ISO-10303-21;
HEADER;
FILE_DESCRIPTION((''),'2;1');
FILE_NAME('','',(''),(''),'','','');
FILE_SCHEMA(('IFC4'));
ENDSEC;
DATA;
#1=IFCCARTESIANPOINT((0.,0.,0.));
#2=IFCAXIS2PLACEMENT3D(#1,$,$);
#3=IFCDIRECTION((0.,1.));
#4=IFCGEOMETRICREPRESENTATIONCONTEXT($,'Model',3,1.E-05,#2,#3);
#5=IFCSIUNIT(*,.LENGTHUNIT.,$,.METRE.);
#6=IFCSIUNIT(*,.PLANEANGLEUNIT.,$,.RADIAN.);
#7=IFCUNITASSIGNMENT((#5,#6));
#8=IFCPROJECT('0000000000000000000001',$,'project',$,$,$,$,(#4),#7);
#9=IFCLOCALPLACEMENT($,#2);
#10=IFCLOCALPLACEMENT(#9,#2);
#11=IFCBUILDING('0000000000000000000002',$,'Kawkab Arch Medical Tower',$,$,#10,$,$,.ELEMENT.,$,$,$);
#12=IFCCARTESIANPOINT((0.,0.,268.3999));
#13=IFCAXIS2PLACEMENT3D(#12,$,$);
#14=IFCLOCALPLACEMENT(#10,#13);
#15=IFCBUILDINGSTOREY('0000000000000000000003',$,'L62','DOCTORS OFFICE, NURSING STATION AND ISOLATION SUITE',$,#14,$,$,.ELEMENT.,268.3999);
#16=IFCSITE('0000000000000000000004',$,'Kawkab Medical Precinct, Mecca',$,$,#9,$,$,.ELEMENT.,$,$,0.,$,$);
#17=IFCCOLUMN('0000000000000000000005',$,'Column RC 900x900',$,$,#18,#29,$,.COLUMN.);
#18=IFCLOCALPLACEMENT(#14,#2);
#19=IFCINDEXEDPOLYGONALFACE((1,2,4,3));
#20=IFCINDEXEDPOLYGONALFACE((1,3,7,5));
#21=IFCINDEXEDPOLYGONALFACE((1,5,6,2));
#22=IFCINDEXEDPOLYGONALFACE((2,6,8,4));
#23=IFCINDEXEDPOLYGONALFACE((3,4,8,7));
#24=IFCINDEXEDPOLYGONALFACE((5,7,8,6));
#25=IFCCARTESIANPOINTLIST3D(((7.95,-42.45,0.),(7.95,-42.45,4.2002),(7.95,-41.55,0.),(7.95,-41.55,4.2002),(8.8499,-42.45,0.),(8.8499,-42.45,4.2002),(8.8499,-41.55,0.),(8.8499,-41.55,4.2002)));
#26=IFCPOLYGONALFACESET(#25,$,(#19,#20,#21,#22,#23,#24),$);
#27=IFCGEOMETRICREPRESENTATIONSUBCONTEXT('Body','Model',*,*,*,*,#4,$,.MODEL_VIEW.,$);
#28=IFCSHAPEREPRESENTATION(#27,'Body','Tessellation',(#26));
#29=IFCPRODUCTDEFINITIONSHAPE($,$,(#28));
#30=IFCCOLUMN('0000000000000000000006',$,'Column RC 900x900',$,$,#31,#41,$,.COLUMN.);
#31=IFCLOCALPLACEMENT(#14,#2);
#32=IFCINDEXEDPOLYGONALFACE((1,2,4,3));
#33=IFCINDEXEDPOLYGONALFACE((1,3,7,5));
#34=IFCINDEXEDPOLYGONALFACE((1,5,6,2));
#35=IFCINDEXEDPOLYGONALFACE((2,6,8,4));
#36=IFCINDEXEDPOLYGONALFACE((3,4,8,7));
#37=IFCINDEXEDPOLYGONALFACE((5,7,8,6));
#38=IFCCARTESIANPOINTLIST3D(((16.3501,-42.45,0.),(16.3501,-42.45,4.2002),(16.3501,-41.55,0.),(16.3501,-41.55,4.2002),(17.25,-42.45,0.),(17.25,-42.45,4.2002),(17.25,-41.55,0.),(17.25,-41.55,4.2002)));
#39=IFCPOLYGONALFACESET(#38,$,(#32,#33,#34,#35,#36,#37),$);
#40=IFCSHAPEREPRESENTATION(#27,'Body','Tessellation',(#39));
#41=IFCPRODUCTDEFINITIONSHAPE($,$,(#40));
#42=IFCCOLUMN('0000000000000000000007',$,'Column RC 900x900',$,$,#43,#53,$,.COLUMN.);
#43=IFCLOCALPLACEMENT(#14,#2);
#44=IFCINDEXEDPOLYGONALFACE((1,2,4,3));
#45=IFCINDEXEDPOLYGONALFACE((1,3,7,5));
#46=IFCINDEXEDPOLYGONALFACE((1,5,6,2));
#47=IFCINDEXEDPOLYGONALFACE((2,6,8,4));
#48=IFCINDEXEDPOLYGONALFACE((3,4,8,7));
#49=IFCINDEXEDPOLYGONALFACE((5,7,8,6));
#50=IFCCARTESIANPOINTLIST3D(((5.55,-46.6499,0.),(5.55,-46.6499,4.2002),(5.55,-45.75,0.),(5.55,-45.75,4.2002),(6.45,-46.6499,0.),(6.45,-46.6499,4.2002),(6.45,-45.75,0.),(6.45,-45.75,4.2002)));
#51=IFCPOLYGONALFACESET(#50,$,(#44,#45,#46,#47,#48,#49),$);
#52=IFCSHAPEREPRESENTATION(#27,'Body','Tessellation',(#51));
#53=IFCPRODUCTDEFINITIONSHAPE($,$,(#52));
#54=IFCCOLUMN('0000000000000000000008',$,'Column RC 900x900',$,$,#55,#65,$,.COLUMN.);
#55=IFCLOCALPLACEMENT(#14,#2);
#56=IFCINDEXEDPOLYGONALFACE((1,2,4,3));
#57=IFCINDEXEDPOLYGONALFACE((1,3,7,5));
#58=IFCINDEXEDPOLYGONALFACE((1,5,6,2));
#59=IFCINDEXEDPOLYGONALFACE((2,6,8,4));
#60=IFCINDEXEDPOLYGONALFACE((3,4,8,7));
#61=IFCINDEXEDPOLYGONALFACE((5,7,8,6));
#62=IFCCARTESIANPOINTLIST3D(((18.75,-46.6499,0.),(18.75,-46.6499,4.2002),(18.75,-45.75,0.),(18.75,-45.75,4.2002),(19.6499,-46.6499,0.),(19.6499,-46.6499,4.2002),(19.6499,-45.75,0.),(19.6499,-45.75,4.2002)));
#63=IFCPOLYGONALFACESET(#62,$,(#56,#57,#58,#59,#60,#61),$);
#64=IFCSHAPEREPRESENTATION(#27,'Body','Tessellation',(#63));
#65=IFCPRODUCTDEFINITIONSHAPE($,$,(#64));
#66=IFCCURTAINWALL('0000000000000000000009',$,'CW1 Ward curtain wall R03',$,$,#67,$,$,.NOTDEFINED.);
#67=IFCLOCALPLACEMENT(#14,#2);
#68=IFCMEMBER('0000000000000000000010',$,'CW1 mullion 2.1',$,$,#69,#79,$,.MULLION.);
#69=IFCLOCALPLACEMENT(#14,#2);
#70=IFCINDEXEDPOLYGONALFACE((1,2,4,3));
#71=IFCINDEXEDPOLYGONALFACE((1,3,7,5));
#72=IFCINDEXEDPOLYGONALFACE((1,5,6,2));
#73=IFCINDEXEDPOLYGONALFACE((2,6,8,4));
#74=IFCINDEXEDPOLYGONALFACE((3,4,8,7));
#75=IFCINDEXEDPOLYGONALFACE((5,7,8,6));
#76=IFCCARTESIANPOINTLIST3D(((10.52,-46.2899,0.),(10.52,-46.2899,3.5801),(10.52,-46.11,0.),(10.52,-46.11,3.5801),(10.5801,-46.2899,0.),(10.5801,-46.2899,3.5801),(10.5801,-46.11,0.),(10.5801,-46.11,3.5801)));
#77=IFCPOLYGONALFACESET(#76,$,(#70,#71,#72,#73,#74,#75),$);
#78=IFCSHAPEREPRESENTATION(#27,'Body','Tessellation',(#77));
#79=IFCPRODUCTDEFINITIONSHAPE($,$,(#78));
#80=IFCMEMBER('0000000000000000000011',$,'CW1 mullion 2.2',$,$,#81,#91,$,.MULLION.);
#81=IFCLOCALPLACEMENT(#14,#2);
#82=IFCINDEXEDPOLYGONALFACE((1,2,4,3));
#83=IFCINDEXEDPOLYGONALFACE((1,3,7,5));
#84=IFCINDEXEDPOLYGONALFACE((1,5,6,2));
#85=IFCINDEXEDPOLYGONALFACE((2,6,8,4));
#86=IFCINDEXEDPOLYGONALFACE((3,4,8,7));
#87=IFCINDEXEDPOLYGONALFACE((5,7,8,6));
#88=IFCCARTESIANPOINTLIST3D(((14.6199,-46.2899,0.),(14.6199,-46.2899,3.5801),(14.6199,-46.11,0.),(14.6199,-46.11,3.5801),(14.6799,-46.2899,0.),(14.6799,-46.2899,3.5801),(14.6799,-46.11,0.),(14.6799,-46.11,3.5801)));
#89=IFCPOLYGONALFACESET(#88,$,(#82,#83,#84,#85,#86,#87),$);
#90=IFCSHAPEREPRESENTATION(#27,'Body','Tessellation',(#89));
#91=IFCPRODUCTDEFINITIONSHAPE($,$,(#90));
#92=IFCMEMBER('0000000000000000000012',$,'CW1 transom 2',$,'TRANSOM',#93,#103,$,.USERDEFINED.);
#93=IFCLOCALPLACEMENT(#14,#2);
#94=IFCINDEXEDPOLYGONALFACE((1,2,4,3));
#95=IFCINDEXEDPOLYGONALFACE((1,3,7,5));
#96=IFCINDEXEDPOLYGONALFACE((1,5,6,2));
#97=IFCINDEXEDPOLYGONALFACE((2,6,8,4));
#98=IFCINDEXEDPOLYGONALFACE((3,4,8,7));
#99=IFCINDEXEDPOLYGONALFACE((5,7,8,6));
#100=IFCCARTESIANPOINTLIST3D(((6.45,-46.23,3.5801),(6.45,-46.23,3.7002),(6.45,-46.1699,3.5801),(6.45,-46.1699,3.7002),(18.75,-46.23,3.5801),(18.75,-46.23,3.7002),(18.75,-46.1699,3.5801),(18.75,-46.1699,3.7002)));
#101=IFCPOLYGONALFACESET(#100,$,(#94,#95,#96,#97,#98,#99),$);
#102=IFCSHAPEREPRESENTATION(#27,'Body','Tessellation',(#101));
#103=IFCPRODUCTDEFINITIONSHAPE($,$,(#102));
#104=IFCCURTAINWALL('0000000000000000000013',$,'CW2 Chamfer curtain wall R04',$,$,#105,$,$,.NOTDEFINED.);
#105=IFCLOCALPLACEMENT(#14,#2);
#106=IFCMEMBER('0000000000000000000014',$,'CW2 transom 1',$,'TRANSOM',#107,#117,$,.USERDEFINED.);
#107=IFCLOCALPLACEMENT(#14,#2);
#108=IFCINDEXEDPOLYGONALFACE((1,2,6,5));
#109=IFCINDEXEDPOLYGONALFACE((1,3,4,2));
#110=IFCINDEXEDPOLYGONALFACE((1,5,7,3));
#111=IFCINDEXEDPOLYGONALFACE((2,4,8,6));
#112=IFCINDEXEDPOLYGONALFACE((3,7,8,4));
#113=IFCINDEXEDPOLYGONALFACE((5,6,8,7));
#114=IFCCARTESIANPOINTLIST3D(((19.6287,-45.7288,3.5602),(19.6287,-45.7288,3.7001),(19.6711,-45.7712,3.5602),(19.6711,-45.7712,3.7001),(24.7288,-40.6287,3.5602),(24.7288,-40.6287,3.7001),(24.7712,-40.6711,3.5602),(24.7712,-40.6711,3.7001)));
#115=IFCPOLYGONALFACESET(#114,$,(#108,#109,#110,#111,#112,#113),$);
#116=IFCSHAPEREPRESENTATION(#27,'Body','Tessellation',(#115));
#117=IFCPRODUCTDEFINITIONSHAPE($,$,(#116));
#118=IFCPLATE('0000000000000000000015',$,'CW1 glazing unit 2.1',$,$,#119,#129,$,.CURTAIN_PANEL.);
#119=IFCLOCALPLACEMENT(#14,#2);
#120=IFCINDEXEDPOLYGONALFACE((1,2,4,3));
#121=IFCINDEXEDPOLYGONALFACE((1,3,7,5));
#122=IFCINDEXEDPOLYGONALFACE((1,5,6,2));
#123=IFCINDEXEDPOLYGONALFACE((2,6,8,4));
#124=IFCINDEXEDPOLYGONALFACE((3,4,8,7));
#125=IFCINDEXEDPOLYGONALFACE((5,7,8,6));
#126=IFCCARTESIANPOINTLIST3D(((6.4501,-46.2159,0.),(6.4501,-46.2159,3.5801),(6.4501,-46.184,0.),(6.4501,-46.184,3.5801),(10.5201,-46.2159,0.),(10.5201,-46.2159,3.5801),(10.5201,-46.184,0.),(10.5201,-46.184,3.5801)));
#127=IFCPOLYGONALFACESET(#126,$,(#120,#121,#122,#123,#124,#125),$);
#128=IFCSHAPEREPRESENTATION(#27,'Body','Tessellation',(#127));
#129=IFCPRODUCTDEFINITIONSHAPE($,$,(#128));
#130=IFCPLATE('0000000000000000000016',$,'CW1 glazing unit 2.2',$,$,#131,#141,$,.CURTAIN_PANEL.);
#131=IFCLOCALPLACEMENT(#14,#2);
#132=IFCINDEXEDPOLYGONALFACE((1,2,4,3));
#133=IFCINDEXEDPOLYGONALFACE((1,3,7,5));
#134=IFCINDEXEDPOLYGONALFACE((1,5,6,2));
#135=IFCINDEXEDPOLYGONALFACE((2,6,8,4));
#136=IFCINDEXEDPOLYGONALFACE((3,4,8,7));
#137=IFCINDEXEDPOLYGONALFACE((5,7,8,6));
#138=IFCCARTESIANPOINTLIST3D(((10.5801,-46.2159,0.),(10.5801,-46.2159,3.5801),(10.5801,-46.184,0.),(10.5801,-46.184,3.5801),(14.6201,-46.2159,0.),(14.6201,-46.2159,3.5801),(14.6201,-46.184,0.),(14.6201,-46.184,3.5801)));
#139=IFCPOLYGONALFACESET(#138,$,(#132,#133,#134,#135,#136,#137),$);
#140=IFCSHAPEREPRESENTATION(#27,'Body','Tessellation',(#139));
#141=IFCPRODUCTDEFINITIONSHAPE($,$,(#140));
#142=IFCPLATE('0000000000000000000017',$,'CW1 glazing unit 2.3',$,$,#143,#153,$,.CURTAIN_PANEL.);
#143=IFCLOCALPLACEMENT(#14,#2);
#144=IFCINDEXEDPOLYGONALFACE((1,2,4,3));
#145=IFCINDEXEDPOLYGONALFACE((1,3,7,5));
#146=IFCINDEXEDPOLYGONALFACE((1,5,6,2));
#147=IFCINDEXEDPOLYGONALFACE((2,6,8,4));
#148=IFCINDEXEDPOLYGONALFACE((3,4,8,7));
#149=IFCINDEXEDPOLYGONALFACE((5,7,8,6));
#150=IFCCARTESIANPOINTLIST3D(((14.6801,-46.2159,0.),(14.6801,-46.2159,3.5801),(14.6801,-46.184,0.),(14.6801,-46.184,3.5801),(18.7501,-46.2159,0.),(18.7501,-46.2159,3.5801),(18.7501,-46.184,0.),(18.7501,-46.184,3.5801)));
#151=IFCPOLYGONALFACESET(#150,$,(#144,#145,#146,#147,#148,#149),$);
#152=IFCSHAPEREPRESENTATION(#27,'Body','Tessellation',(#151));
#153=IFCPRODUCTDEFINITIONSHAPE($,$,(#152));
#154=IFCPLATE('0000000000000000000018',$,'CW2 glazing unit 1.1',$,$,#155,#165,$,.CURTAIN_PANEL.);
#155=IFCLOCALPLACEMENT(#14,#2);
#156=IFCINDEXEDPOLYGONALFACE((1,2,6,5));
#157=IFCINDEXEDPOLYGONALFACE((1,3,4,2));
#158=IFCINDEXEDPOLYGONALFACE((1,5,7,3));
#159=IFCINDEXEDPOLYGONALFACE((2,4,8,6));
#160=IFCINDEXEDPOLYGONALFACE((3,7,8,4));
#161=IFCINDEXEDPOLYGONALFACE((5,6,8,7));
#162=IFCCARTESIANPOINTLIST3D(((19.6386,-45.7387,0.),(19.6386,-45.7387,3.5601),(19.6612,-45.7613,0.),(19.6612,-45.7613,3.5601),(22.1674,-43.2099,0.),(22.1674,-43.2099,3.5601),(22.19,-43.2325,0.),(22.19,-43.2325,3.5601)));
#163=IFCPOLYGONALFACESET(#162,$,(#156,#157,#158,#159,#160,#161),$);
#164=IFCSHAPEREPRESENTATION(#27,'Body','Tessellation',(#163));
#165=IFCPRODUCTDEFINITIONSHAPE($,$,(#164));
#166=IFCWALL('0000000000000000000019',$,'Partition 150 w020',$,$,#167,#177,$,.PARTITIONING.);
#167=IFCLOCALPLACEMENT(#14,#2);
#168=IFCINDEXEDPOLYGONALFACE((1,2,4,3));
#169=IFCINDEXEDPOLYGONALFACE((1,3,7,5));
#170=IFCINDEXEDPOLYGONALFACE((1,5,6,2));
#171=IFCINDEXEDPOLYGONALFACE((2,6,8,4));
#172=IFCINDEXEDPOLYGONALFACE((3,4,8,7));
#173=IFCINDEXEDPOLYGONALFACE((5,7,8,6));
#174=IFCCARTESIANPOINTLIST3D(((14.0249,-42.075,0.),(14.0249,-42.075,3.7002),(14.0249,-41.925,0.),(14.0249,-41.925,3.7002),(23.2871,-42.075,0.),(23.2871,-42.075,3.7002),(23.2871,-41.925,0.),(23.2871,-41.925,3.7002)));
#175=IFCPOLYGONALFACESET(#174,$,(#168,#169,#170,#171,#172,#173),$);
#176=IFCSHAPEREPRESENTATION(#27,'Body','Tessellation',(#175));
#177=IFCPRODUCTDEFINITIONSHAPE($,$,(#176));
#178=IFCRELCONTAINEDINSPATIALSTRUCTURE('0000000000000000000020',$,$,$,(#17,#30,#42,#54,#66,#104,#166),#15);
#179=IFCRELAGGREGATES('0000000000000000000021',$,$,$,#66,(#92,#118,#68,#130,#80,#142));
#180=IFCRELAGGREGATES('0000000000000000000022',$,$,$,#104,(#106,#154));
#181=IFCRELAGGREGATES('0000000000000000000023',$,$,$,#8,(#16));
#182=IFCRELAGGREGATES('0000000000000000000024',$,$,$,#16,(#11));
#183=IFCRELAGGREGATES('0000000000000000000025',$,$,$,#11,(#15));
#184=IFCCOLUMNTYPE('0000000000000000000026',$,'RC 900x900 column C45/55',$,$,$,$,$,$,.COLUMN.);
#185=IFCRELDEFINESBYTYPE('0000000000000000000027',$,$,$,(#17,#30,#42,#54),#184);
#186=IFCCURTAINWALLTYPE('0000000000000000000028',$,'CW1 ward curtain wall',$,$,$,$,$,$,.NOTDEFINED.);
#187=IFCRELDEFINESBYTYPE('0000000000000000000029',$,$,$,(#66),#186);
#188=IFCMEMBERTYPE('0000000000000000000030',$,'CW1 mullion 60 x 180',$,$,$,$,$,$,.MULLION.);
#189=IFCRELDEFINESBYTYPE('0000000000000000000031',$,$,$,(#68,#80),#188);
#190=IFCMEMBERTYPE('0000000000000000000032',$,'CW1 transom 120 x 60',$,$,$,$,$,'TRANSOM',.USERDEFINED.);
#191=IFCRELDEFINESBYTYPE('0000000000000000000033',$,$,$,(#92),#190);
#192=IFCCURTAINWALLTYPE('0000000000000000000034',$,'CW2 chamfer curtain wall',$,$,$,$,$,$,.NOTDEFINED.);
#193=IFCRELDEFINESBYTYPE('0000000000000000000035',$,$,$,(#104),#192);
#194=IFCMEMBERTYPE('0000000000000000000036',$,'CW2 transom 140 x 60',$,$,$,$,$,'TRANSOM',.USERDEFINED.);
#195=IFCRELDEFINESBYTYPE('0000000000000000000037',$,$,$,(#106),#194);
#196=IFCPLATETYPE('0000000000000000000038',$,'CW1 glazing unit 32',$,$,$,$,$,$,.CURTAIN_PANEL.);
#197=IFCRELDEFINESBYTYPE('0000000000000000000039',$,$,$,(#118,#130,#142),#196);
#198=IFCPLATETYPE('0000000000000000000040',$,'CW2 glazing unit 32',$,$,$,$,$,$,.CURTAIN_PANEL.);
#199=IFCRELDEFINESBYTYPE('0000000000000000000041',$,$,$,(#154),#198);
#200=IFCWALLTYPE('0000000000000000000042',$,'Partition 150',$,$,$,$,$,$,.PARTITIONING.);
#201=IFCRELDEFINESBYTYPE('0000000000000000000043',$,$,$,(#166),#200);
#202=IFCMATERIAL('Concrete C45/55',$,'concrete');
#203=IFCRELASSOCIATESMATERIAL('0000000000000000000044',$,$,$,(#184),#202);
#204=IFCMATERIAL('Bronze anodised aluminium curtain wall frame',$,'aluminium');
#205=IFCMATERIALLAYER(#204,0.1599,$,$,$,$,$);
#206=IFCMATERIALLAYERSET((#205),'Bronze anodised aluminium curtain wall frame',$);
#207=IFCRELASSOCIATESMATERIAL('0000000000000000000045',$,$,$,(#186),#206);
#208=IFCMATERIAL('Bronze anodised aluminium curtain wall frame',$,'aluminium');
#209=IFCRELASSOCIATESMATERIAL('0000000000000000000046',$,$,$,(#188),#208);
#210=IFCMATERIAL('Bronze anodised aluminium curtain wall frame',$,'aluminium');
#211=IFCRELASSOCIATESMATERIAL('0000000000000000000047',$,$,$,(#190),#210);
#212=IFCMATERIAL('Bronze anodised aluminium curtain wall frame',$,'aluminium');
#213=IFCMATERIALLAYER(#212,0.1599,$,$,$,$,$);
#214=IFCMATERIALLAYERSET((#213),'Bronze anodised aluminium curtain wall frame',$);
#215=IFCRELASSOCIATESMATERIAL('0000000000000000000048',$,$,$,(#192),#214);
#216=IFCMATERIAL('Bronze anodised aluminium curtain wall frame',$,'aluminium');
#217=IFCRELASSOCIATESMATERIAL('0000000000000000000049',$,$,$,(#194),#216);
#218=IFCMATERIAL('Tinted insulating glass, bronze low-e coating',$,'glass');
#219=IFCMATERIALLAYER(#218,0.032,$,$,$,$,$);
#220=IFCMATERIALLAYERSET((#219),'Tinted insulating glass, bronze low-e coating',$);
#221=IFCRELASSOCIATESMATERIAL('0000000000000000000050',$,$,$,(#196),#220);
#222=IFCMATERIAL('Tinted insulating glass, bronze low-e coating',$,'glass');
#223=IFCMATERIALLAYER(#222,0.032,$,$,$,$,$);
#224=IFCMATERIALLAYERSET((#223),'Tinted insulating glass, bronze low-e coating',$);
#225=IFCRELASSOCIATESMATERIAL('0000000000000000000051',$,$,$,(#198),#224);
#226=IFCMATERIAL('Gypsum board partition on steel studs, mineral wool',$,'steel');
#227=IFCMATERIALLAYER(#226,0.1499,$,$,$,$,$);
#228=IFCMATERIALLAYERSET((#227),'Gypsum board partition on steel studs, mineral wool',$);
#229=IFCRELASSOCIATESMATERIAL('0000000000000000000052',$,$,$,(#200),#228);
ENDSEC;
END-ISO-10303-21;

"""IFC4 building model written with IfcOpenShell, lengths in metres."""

from ifc_helpers import new_model, si_unit, direction, frame, frame_2d, origin, origin_2d, place, context, subcontext, project, spatial, rectangle, extrude, material, layer, layer_set, material_profile, profile_set, type_object, element, aggregate, save


model = new_model("IFC4")

# Units and contexts
model_context = context("Model", 3, precision=1e-05, world=origin(), true_north=direction((0.0, 1.0)))
body_context = subcontext(model_context, "Body", "Model", "MODEL_VIEW")
ifc_project = project(units=[si_unit("LENGTHUNIT", "METRE"), si_unit("PLANEANGLEUNIT", "RADIAN")], contexts=[model_context])

# Site, building, storey
site_placement = place(None, origin())
site = spatial("IfcSite", under=ifc_project, at=site_placement, Name="Kawkab Medical Precinct, Mecca", CompositionType="ELEMENT", RefElevation=0.0)
building_placement = place(site_placement, origin())
building = spatial("IfcBuilding", under=site, at=building_placement, Name="Kawkab Arch Medical Tower", CompositionType="ELEMENT")
storey_placement = place(building_placement, frame((0.0, 0.0, 268.3999)))
storey = spatial("IfcBuildingStorey", under=building, at=storey_placement, Name="L62", Description="DOCTORS OFFICE, NURSING STATION AND ISOLATION SUITE", CompositionType="ELEMENT", Elevation=268.3999)

# Columns
ifc_material_1 = material(Name="Concrete C45/55", Category="concrete")
ifc_material_profile_1 = material_profile(ifc_material_1, rectangle(XDim=0.8999, YDim=0.8999, at=origin_2d()), Name="RC 900x900")
ifc_profile_set_1 = profile_set([ifc_material_profile_1], Name="Concrete C45/55")
column_type = type_object("IfcColumnType", Name="RC 900x900 column C45/55", PredefinedType="COLUMN", material=ifc_profile_set_1)
for number, where, z_axis, x_axis, name in (
    (1, (8.3999, -42.0, 0.0), (0.0, 0.0, 1.0), (1.0, 0.0, 0.0), "Column RC 900x900"),
    (2, (16.8, -42.0, 0.0), (0.0, 0.0, 1.0), (1.0, 0.0, 0.0), "Column RC 900x900"),
    (3, (6.0, -46.2, 0.0), (0.0, 0.0, 1.0), (1.0, 0.0, 0.0), "Column RC 900x900"),
    (4, (19.2, -46.2, 0.0), (0.0, 0.0, 1.0), (1.0, 0.0, 0.0), "Column RC 900x900"),
):
    element("IfcColumn", number, at=place(storey_placement, frame(where, z_axis=z_axis, x_axis=x_axis)), inside=storey, type_object=column_type, Name=name, PredefinedType="COLUMN", context=body_context, shape_type="SweptSolid", body=[
        extrude(rectangle(XDim=0.8999, YDim=0.8999, at=origin_2d()), origin(), (0.0, 0.0, 1.0), 4.2002),
    ])

# Curtain wall, members
ifc_material_2 = material(Name="Bronze anodised aluminium curtain wall frame", Category="aluminium")
ifc_layer_1 = layer(ifc_material_2, 0.1599)
ifc_layer_set_1 = layer_set([ifc_layer_1], Name="Bronze anodised aluminium curtain wall frame")
curtain_wall_type_1 = type_object("IfcCurtainWallType", Name="CW1 ward curtain wall", PredefinedType="NOTDEFINED", material=ifc_layer_set_1)
placement = place(storey_placement, origin())
curtain_wall_1 = element("IfcCurtainWall", 5, at=placement, inside=storey, type_object=curtain_wall_type_1, Name="CW1 Ward curtain wall R03", PredefinedType="NOTDEFINED")
ifc_material_3 = material(Name="Bronze anodised aluminium curtain wall frame", Category="aluminium")
ifc_material_profile_2 = material_profile(ifc_material_3, rectangle(XDim=0.1799, YDim=0.0601, at=origin_2d()), Name="AL 60x180")
ifc_profile_set_2 = profile_set([ifc_material_profile_2], Name="Bronze anodised aluminium curtain wall frame")
member_type_1 = type_object("IfcMemberType", Name="CW1 mullion 60 x 180", PredefinedType="MULLION", material=ifc_profile_set_2)
member_1_placement = place(storey_placement, frame((10.55, -46.2, 0.0), z_axis=(0.0, 0.0, 1.0), x_axis=(0.0, 1.0, 0.0)))
member_1 = element("IfcMember", 6, at=member_1_placement, type_object=member_type_1, Name="CW1 mullion 2.1", PredefinedType="MULLION", context=body_context, shape_type="SweptSolid", body=[
    extrude(rectangle(XDim=0.1799, YDim=0.0601, at=origin_2d()), origin(), (0.0, 0.0, 1.0), 3.5801),
])
member_2_placement = place(storey_placement, frame((14.6499, -46.2, 0.0), z_axis=(0.0, 0.0, 1.0), x_axis=(0.0, 1.0, 0.0)))
member_2 = element("IfcMember", 7, at=member_2_placement, type_object=member_type_1, Name="CW1 mullion 2.2", PredefinedType="MULLION", context=body_context, shape_type="SweptSolid", body=[
    extrude(rectangle(XDim=0.1799, YDim=0.0601, at=origin_2d()), origin(), (0.0, 0.0, 1.0), 3.5801),
])
ifc_material_4 = material(Name="Bronze anodised aluminium curtain wall frame", Category="aluminium")
ifc_material_profile_3 = material_profile(ifc_material_4, rectangle(XDim=0.0601, YDim=0.1201, at=origin_2d()), Name="AL 60x120")
ifc_profile_set_3 = profile_set([ifc_material_profile_3], Name="Bronze anodised aluminium curtain wall frame")
member_type_2 = type_object("IfcMemberType", Name="CW1 transom 120 x 60", ElementType="TRANSOM", PredefinedType="USERDEFINED", material=ifc_profile_set_3)
member_3_placement = place(storey_placement, frame((6.45, -46.2, 3.6401), z_axis=(1.0, 0.0, 0.0), x_axis=(0.0, 1.0, 0.0)))
member_3 = element("IfcMember", 8, at=member_3_placement, type_object=member_type_2, Name="CW1 transom 2", ObjectType="TRANSOM", PredefinedType="USERDEFINED", context=body_context, shape_type="SweptSolid", body=[
    extrude(rectangle(XDim=0.0601, YDim=0.1201, at=origin_2d()), origin(), (0.0, 0.0, 1.0), 12.3),
])

# Curtain wall, member
ifc_material_5 = material(Name="Bronze anodised aluminium curtain wall frame", Category="aluminium")
ifc_layer_2 = layer(ifc_material_5, 0.1599)
ifc_layer_set_2 = layer_set([ifc_layer_2], Name="Bronze anodised aluminium curtain wall frame")
curtain_wall_type_2 = type_object("IfcCurtainWallType", Name="CW2 chamfer curtain wall", PredefinedType="NOTDEFINED", material=ifc_layer_set_2)
curtain_wall_2 = element("IfcCurtainWall", 9, at=placement, inside=storey, type_object=curtain_wall_type_2, Name="CW2 Chamfer curtain wall R04", PredefinedType="NOTDEFINED")
ifc_material_6 = material(Name="Bronze anodised aluminium curtain wall frame", Category="aluminium")
ifc_material_profile_4 = material_profile(ifc_material_6, rectangle(XDim=0.0601, YDim=0.1399, at=origin_2d()), Name="AL 60x140")
ifc_profile_set_4 = profile_set([ifc_material_profile_4], Name="Bronze anodised aluminium curtain wall frame")
member_type_3 = type_object("IfcMemberType", Name="CW2 transom 140 x 60", ElementType="TRANSOM", PredefinedType="USERDEFINED", material=ifc_profile_set_4)
member_4_placement = place(storey_placement, frame((19.6499, -45.75, 3.6301), z_axis=(0.707107, 0.707107, 0.0), x_axis=(-0.707107, 0.707107, 0.0)))
member_4 = element("IfcMember", 10, at=member_4_placement, type_object=member_type_3, Name="CW2 transom 1", ObjectType="TRANSOM", PredefinedType="USERDEFINED", context=body_context, shape_type="SweptSolid", body=[
    extrude(rectangle(XDim=0.0601, YDim=0.1399, at=origin_2d()), origin(), (0.0, 0.0, 1.0), 7.2126),
])

# Plates
ifc_material_7 = material(Name="Tinted insulating glass, bronze low-e coating", Category="glass")
ifc_layer_3 = layer(ifc_material_7, 0.032)
ifc_layer_set_3 = layer_set([ifc_layer_3], Name="Tinted insulating glass, bronze low-e coating")
plate_type_1 = type_object("IfcPlateType", Name="CW1 glazing unit 32", PredefinedType="CURTAIN_PANEL", material=ifc_layer_set_3)
plate_1_placement = place(storey_placement, frame((8.4851, -46.2, 0.0), z_axis=(0.0, 0.0, 1.0), x_axis=(1.0, 0.0, 0.0)))
plate_1 = element("IfcPlate", 11, at=plate_1_placement, type_object=plate_type_1, Name="CW1 glazing unit 2.1", PredefinedType="CURTAIN_PANEL", context=body_context, shape_type="SweptSolid", body=[
    extrude(rectangle(XDim=4.0701, YDim=0.032, at=origin_2d()), origin(), (0.0, 0.0, 1.0), 3.5801),
])
plate_2_placement = place(storey_placement, frame((12.6001, -46.2, 0.0), z_axis=(0.0, 0.0, 1.0), x_axis=(1.0, 0.0, 0.0)))
plate_2 = element("IfcPlate", 12, at=plate_2_placement, type_object=plate_type_1, Name="CW1 glazing unit 2.2", PredefinedType="CURTAIN_PANEL", context=body_context, shape_type="SweptSolid", body=[
    extrude(rectangle(XDim=4.04, YDim=0.032, at=origin_2d()), origin(), (0.0, 0.0, 1.0), 3.5801),
])
plate_3_placement = place(storey_placement, frame((16.7151, -46.2, 0.0), z_axis=(0.0, 0.0, 1.0), x_axis=(1.0, 0.0, 0.0)))
plate_3 = element("IfcPlate", 13, at=plate_3_placement, type_object=plate_type_1, Name="CW1 glazing unit 2.3", PredefinedType="CURTAIN_PANEL", context=body_context, shape_type="SweptSolid", body=[
    extrude(rectangle(XDim=4.0701, YDim=0.032, at=origin_2d()), origin(), (0.0, 0.0, 1.0), 3.5801),
])
aggregate(curtain_wall_1, [member_3, plate_1, member_1, plate_2, member_2, plate_3])
ifc_material_8 = material(Name="Tinted insulating glass, bronze low-e coating", Category="glass")
ifc_layer_4 = layer(ifc_material_8, 0.032)
ifc_layer_set_4 = layer_set([ifc_layer_4], Name="Tinted insulating glass, bronze low-e coating")
plate_type_2 = type_object("IfcPlateType", Name="CW2 glazing unit 32", PredefinedType="CURTAIN_PANEL", material=ifc_layer_set_4)
plate_4_placement = place(storey_placement, frame((20.9143, -44.4856, 0.0), z_axis=(0.0, 0.0, 1.0), x_axis=(0.707107, 0.707107, 0.0)))
plate_4 = element("IfcPlate", 14, at=plate_4_placement, type_object=plate_type_2, Name="CW2 glazing unit 1.1", PredefinedType="CURTAIN_PANEL", context=body_context, shape_type="SweptSolid", body=[
    extrude(rectangle(XDim=3.5762, YDim=0.032, at=origin_2d()), origin(), (0.0, 0.0, 1.0), 3.5601),
])
aggregate(curtain_wall_2, [member_4, plate_4])

# Wall
ifc_material_9 = material(Name="Gypsum board partition on steel studs, mineral wool", Category="steel")
ifc_layer_5 = layer(ifc_material_9, 0.1499)
ifc_layer_set_5 = layer_set([ifc_layer_5], Name="Gypsum board partition on steel studs, mineral wool")
wall_type_1 = type_object("IfcWallType", Name="Partition 150", PredefinedType="PARTITIONING", material=ifc_layer_set_5)
wall_1_placement = place(storey_placement, frame((14.0249, -42.0, 0.0), z_axis=(0.0, 0.0, 1.0), x_axis=(1.0, 0.0, 0.0)))
element("IfcWall", 15, at=wall_1_placement, inside=storey, type_object=wall_type_1, Name="Partition 150 w020", PredefinedType="PARTITIONING", context=body_context, shape_type="SweptSolid", body=[
    extrude(rectangle(XDim=9.2622, YDim=0.1499, at=frame_2d((4.6311, 0.0))), origin(), (0.0, 0.0, 1.0), 3.7002),
])

save(model, "model.ifc")
